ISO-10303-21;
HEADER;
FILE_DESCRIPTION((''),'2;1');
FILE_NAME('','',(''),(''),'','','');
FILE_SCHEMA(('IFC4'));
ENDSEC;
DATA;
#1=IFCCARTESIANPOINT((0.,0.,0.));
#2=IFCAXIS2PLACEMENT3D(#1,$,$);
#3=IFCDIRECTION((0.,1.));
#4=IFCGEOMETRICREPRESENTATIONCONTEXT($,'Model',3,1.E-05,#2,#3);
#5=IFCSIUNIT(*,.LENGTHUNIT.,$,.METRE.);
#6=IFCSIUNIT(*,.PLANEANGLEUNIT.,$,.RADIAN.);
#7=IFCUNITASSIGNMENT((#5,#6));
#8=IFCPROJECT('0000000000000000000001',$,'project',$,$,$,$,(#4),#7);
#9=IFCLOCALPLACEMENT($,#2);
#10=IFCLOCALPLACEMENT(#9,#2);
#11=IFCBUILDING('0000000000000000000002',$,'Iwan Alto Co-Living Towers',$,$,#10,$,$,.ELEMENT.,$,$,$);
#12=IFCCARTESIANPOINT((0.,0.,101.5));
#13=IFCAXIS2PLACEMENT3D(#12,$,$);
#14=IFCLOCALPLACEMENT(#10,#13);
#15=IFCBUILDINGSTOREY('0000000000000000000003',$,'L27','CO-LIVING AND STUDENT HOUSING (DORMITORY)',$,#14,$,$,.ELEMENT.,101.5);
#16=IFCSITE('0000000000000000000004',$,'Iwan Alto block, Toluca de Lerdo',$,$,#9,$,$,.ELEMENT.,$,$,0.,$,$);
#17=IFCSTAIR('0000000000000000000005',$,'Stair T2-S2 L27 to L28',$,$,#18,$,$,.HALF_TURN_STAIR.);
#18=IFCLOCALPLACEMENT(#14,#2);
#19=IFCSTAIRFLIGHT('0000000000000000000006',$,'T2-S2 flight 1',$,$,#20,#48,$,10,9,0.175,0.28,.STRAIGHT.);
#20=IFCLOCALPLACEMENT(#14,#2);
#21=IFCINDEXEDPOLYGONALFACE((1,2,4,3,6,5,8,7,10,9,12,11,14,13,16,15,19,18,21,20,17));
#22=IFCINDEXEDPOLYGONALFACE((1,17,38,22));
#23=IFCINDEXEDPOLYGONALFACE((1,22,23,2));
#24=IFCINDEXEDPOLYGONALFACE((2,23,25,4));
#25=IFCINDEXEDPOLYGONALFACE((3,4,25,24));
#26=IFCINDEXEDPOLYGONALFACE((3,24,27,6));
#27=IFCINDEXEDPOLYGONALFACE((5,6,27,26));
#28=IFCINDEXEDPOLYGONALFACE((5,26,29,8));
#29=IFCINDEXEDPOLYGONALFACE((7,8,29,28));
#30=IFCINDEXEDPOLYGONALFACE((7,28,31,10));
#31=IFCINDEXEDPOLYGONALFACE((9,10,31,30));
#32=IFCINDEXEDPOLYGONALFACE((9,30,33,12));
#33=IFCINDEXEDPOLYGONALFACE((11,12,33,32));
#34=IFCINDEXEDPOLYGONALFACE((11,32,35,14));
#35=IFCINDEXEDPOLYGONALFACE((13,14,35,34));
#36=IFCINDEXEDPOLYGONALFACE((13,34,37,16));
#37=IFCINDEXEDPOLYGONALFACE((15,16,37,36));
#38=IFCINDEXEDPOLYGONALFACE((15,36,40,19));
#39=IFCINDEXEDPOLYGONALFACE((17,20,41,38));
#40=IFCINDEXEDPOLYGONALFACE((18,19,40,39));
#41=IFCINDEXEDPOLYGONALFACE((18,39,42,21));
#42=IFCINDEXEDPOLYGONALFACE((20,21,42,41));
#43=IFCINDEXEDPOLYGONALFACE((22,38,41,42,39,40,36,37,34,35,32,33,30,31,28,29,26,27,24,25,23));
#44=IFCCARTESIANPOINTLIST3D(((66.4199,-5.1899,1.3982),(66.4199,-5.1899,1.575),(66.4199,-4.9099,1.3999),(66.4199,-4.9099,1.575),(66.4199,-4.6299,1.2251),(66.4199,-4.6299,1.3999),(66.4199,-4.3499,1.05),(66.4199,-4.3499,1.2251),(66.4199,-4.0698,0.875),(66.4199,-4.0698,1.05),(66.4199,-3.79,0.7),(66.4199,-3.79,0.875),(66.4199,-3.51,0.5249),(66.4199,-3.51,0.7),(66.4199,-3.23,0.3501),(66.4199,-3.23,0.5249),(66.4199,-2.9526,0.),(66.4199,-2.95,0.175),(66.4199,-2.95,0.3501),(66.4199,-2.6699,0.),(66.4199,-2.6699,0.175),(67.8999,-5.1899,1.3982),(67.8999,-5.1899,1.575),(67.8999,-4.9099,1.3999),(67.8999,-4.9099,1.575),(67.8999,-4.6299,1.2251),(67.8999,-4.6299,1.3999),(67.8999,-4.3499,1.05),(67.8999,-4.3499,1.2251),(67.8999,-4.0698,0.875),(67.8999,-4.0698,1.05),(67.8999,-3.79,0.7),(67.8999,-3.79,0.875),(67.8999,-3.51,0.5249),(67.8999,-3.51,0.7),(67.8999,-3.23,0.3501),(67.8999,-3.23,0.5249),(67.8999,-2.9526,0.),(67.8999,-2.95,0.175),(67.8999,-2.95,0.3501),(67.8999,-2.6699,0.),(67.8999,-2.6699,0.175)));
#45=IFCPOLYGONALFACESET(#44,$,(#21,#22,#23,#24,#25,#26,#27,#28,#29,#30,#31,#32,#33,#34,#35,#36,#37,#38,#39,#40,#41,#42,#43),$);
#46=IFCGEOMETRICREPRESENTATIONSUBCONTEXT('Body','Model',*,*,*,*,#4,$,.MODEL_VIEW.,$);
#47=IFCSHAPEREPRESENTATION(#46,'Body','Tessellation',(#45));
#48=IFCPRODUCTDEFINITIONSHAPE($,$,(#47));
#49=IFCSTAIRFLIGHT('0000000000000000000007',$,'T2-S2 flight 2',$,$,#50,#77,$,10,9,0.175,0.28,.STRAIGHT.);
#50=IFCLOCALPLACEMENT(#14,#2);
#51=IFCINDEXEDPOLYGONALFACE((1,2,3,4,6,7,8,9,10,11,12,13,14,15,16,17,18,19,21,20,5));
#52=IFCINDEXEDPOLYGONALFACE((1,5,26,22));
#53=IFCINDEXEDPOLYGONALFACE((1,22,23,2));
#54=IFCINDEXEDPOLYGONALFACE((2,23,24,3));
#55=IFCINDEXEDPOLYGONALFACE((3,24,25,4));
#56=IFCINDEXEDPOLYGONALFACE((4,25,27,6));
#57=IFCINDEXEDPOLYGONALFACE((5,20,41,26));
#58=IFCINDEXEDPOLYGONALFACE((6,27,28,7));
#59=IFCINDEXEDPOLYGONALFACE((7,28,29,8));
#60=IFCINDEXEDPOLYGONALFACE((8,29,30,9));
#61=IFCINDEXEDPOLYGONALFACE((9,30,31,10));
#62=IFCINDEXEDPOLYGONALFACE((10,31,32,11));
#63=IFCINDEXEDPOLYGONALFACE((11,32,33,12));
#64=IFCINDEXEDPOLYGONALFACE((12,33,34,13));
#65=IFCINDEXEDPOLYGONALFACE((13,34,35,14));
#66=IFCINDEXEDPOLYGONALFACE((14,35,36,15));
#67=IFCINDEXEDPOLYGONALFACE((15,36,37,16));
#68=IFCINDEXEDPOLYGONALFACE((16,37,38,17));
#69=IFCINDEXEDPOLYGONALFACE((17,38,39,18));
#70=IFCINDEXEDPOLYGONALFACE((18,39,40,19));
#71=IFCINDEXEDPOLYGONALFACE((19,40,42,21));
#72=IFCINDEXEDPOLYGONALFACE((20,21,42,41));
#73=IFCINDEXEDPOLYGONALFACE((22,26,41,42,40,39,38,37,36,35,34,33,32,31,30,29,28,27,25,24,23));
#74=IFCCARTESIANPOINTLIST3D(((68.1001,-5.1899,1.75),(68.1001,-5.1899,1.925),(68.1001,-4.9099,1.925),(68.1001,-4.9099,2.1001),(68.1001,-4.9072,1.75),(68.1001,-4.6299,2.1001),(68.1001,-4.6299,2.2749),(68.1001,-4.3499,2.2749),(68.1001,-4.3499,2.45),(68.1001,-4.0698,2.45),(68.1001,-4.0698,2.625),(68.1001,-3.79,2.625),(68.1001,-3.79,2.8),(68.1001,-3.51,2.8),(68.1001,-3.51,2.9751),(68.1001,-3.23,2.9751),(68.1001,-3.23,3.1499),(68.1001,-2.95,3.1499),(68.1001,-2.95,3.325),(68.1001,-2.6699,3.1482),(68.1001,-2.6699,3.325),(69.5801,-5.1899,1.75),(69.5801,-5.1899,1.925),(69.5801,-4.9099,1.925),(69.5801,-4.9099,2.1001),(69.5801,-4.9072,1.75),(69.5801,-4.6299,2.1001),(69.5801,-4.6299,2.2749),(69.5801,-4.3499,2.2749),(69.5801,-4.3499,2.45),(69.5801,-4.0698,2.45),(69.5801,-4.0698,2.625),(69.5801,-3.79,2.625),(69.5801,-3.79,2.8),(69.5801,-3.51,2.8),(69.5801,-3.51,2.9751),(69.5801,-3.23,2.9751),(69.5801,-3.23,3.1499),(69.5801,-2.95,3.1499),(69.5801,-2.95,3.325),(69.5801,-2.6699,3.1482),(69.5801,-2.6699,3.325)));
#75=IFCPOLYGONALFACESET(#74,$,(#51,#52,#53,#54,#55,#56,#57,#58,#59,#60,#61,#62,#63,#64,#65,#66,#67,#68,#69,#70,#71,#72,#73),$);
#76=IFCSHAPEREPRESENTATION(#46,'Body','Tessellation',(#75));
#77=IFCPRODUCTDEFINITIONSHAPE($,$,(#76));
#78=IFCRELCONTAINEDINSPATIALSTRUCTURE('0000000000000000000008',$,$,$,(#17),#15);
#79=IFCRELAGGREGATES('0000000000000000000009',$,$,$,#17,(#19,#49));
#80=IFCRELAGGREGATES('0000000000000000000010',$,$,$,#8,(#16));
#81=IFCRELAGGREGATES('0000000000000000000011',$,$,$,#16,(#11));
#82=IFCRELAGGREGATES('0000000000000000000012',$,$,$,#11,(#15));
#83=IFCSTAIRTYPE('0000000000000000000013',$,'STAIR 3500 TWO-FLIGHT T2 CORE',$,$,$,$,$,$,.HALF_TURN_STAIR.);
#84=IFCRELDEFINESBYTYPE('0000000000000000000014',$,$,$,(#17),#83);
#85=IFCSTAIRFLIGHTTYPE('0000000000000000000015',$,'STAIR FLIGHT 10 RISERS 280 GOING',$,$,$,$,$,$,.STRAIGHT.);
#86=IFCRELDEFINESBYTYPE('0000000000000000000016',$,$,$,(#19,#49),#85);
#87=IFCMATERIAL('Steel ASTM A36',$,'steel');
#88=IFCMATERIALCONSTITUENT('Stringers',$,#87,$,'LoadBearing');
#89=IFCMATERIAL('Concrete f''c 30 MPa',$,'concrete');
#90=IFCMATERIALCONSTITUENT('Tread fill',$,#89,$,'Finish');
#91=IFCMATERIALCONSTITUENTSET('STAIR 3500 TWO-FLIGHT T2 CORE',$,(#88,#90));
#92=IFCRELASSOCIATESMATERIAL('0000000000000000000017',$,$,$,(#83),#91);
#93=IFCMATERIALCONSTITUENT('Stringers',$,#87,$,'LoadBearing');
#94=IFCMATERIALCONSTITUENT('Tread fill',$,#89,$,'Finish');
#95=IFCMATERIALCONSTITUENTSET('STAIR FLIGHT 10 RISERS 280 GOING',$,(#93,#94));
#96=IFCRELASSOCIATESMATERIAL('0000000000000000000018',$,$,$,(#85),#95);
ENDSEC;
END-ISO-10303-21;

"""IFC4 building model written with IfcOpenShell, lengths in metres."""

from ifc_helpers import new_model, si_unit, direction, frame, origin, place, context, subcontext, project, spatial, polyline, outline, extrude, material, constituent, constituent_set, type_object, element, aggregate, save


model = new_model("IFC4")

# Units and contexts
model_context = context("Model", 3, precision=1e-05, world=origin(), true_north=direction((0.0, 1.0)))
body_context = subcontext(model_context, "Body", "Model", "MODEL_VIEW")
ifc_project = project(units=[si_unit("LENGTHUNIT", "METRE"), si_unit("PLANEANGLEUNIT", "RADIAN")], contexts=[model_context])

# Site, building, storey
site_placement = place(None, origin())
site = spatial("IfcSite", under=ifc_project, at=site_placement, Name="Iwan Alto block, Toluca de Lerdo", CompositionType="ELEMENT", RefElevation=0.0)
building_placement = place(site_placement, origin())
building = spatial("IfcBuilding", under=site, at=building_placement, Name="Iwan Alto Co-Living Towers", CompositionType="ELEMENT")
storey_placement = place(building_placement, frame((0.0, 0.0, 101.5)))
storey = spatial("IfcBuildingStorey", under=building, at=storey_placement, Name="L27", Description="CO-LIVING AND STUDENT HOUSING (DORMITORY)", CompositionType="ELEMENT", Elevation=101.5)

# Stair, stair flights
ifc_material_1 = material(Name="Steel ASTM A36", Category="steel")
ifc_constituent_1 = constituent(ifc_material_1, Name="Stringers", Category="LoadBearing")
ifc_material_2 = material(Name="Concrete f'c 30 MPa", Category="concrete")
ifc_constituent_2 = constituent(ifc_material_2, Name="Tread fill", Category="Finish")
ifc_constituent_set_1 = constituent_set(constituents=[ifc_constituent_1, ifc_constituent_2], Name="STAIR 3500 TWO-FLIGHT T2 CORE")
stair_type = type_object("IfcStairType", Name="STAIR 3500 TWO-FLIGHT T2 CORE", PredefinedType="HALF_TURN_STAIR", material=ifc_constituent_set_1)
stair_placement = place(storey_placement, origin())
stair = element("IfcStair", 1, at=stair_placement, inside=storey, type_object=stair_type, Name="Stair T2-S2 L27 to L28", PredefinedType="HALF_TURN_STAIR")
ifc_constituent_3 = constituent(ifc_material_1, Name="Stringers", Category="LoadBearing")
ifc_constituent_4 = constituent(ifc_material_2, Name="Tread fill", Category="Finish")
ifc_constituent_set_2 = constituent_set(constituents=[ifc_constituent_3, ifc_constituent_4], Name="STAIR FLIGHT 10 RISERS 280 GOING")
stair_flight_type = type_object("IfcStairFlightType", Name="STAIR FLIGHT 10 RISERS 280 GOING", PredefinedType="STRAIGHT", material=ifc_constituent_set_2)
stair_flight_1_placement = place(storey_placement, frame((67.1599, -2.6699, 0.0), z_axis=(0.0, 0.0, 1.0), x_axis=(0.0, -1.0, 0.0)))
stair_flight_1 = element("IfcStairFlight", 2, at=stair_flight_1_placement, type_object=stair_flight_type, Name="T2-S2 flight 1", NumberOfRisers=10, NumberOfTreads=9, PredefinedType="STRAIGHT", RiserHeight=0.175, TreadLength=0.28, context=body_context, shape_type="SweptSolid", body=[
    extrude(outline(polyline([(0.0, 0.0), (0.0, 0.175), (0.28, 0.175), (0.28, 0.3501), (0.5601, 0.3501), (0.5601, 0.5249), (0.8401, 0.5249), (0.8401, 0.7), (1.1201, 0.7), (1.1201, 0.875), (1.3999, 0.875), (1.3999, 1.05), (1.6799, 1.05), (1.6799, 1.2251), (1.96, 1.2251), (1.96, 1.3999), (2.24, 1.3999), (2.24, 1.575), (2.52, 1.575), (2.52, 1.75), (2.52, 1.3982), (0.2827, 0.0), (0.0, 0.0)])), frame((0.0, 0.74, 0.0), z_axis=(0.0, -1.0, 0.0), x_axis=(1.0, 0.0, 0.0)), (0.0, 0.0, 1.0), 1.48),
])
stair_flight_2_placement = place(storey_placement, frame((68.8401, -5.1899, 1.75), z_axis=(0.0, 0.0, 1.0), x_axis=(0.0, 1.0, 0.0)))
stair_flight_2 = element("IfcStairFlight", 3, at=stair_flight_2_placement, type_object=stair_flight_type, Name="T2-S2 flight 2", NumberOfRisers=10, NumberOfTreads=9, PredefinedType="STRAIGHT", RiserHeight=0.175, TreadLength=0.28, context=body_context, shape_type="SweptSolid", body=[
    extrude(outline(polyline([(0.0, 0.0), (0.0, 0.175), (0.28, 0.175), (0.28, 0.3501), (0.5601, 0.3501), (0.5601, 0.5249), (0.8401, 0.5249), (0.8401, 0.7), (1.1201, 0.7), (1.1201, 0.875), (1.3999, 0.875), (1.3999, 1.05), (1.6799, 1.05), (1.6799, 1.2251), (1.96, 1.2251), (1.96, 1.3999), (2.24, 1.3999), (2.24, 1.575), (2.52, 1.575), (2.52, 1.75), (2.52, 1.3982), (0.2827, 0.0), (0.0, 0.0)])), frame((0.0, 0.74, 0.0), z_axis=(0.0, -1.0, 0.0), x_axis=(1.0, 0.0, 0.0)), (0.0, 0.0, 1.0), 1.48),
])
aggregate(stair, [stair_flight_1, stair_flight_2])

save(model, "model.ifc")
